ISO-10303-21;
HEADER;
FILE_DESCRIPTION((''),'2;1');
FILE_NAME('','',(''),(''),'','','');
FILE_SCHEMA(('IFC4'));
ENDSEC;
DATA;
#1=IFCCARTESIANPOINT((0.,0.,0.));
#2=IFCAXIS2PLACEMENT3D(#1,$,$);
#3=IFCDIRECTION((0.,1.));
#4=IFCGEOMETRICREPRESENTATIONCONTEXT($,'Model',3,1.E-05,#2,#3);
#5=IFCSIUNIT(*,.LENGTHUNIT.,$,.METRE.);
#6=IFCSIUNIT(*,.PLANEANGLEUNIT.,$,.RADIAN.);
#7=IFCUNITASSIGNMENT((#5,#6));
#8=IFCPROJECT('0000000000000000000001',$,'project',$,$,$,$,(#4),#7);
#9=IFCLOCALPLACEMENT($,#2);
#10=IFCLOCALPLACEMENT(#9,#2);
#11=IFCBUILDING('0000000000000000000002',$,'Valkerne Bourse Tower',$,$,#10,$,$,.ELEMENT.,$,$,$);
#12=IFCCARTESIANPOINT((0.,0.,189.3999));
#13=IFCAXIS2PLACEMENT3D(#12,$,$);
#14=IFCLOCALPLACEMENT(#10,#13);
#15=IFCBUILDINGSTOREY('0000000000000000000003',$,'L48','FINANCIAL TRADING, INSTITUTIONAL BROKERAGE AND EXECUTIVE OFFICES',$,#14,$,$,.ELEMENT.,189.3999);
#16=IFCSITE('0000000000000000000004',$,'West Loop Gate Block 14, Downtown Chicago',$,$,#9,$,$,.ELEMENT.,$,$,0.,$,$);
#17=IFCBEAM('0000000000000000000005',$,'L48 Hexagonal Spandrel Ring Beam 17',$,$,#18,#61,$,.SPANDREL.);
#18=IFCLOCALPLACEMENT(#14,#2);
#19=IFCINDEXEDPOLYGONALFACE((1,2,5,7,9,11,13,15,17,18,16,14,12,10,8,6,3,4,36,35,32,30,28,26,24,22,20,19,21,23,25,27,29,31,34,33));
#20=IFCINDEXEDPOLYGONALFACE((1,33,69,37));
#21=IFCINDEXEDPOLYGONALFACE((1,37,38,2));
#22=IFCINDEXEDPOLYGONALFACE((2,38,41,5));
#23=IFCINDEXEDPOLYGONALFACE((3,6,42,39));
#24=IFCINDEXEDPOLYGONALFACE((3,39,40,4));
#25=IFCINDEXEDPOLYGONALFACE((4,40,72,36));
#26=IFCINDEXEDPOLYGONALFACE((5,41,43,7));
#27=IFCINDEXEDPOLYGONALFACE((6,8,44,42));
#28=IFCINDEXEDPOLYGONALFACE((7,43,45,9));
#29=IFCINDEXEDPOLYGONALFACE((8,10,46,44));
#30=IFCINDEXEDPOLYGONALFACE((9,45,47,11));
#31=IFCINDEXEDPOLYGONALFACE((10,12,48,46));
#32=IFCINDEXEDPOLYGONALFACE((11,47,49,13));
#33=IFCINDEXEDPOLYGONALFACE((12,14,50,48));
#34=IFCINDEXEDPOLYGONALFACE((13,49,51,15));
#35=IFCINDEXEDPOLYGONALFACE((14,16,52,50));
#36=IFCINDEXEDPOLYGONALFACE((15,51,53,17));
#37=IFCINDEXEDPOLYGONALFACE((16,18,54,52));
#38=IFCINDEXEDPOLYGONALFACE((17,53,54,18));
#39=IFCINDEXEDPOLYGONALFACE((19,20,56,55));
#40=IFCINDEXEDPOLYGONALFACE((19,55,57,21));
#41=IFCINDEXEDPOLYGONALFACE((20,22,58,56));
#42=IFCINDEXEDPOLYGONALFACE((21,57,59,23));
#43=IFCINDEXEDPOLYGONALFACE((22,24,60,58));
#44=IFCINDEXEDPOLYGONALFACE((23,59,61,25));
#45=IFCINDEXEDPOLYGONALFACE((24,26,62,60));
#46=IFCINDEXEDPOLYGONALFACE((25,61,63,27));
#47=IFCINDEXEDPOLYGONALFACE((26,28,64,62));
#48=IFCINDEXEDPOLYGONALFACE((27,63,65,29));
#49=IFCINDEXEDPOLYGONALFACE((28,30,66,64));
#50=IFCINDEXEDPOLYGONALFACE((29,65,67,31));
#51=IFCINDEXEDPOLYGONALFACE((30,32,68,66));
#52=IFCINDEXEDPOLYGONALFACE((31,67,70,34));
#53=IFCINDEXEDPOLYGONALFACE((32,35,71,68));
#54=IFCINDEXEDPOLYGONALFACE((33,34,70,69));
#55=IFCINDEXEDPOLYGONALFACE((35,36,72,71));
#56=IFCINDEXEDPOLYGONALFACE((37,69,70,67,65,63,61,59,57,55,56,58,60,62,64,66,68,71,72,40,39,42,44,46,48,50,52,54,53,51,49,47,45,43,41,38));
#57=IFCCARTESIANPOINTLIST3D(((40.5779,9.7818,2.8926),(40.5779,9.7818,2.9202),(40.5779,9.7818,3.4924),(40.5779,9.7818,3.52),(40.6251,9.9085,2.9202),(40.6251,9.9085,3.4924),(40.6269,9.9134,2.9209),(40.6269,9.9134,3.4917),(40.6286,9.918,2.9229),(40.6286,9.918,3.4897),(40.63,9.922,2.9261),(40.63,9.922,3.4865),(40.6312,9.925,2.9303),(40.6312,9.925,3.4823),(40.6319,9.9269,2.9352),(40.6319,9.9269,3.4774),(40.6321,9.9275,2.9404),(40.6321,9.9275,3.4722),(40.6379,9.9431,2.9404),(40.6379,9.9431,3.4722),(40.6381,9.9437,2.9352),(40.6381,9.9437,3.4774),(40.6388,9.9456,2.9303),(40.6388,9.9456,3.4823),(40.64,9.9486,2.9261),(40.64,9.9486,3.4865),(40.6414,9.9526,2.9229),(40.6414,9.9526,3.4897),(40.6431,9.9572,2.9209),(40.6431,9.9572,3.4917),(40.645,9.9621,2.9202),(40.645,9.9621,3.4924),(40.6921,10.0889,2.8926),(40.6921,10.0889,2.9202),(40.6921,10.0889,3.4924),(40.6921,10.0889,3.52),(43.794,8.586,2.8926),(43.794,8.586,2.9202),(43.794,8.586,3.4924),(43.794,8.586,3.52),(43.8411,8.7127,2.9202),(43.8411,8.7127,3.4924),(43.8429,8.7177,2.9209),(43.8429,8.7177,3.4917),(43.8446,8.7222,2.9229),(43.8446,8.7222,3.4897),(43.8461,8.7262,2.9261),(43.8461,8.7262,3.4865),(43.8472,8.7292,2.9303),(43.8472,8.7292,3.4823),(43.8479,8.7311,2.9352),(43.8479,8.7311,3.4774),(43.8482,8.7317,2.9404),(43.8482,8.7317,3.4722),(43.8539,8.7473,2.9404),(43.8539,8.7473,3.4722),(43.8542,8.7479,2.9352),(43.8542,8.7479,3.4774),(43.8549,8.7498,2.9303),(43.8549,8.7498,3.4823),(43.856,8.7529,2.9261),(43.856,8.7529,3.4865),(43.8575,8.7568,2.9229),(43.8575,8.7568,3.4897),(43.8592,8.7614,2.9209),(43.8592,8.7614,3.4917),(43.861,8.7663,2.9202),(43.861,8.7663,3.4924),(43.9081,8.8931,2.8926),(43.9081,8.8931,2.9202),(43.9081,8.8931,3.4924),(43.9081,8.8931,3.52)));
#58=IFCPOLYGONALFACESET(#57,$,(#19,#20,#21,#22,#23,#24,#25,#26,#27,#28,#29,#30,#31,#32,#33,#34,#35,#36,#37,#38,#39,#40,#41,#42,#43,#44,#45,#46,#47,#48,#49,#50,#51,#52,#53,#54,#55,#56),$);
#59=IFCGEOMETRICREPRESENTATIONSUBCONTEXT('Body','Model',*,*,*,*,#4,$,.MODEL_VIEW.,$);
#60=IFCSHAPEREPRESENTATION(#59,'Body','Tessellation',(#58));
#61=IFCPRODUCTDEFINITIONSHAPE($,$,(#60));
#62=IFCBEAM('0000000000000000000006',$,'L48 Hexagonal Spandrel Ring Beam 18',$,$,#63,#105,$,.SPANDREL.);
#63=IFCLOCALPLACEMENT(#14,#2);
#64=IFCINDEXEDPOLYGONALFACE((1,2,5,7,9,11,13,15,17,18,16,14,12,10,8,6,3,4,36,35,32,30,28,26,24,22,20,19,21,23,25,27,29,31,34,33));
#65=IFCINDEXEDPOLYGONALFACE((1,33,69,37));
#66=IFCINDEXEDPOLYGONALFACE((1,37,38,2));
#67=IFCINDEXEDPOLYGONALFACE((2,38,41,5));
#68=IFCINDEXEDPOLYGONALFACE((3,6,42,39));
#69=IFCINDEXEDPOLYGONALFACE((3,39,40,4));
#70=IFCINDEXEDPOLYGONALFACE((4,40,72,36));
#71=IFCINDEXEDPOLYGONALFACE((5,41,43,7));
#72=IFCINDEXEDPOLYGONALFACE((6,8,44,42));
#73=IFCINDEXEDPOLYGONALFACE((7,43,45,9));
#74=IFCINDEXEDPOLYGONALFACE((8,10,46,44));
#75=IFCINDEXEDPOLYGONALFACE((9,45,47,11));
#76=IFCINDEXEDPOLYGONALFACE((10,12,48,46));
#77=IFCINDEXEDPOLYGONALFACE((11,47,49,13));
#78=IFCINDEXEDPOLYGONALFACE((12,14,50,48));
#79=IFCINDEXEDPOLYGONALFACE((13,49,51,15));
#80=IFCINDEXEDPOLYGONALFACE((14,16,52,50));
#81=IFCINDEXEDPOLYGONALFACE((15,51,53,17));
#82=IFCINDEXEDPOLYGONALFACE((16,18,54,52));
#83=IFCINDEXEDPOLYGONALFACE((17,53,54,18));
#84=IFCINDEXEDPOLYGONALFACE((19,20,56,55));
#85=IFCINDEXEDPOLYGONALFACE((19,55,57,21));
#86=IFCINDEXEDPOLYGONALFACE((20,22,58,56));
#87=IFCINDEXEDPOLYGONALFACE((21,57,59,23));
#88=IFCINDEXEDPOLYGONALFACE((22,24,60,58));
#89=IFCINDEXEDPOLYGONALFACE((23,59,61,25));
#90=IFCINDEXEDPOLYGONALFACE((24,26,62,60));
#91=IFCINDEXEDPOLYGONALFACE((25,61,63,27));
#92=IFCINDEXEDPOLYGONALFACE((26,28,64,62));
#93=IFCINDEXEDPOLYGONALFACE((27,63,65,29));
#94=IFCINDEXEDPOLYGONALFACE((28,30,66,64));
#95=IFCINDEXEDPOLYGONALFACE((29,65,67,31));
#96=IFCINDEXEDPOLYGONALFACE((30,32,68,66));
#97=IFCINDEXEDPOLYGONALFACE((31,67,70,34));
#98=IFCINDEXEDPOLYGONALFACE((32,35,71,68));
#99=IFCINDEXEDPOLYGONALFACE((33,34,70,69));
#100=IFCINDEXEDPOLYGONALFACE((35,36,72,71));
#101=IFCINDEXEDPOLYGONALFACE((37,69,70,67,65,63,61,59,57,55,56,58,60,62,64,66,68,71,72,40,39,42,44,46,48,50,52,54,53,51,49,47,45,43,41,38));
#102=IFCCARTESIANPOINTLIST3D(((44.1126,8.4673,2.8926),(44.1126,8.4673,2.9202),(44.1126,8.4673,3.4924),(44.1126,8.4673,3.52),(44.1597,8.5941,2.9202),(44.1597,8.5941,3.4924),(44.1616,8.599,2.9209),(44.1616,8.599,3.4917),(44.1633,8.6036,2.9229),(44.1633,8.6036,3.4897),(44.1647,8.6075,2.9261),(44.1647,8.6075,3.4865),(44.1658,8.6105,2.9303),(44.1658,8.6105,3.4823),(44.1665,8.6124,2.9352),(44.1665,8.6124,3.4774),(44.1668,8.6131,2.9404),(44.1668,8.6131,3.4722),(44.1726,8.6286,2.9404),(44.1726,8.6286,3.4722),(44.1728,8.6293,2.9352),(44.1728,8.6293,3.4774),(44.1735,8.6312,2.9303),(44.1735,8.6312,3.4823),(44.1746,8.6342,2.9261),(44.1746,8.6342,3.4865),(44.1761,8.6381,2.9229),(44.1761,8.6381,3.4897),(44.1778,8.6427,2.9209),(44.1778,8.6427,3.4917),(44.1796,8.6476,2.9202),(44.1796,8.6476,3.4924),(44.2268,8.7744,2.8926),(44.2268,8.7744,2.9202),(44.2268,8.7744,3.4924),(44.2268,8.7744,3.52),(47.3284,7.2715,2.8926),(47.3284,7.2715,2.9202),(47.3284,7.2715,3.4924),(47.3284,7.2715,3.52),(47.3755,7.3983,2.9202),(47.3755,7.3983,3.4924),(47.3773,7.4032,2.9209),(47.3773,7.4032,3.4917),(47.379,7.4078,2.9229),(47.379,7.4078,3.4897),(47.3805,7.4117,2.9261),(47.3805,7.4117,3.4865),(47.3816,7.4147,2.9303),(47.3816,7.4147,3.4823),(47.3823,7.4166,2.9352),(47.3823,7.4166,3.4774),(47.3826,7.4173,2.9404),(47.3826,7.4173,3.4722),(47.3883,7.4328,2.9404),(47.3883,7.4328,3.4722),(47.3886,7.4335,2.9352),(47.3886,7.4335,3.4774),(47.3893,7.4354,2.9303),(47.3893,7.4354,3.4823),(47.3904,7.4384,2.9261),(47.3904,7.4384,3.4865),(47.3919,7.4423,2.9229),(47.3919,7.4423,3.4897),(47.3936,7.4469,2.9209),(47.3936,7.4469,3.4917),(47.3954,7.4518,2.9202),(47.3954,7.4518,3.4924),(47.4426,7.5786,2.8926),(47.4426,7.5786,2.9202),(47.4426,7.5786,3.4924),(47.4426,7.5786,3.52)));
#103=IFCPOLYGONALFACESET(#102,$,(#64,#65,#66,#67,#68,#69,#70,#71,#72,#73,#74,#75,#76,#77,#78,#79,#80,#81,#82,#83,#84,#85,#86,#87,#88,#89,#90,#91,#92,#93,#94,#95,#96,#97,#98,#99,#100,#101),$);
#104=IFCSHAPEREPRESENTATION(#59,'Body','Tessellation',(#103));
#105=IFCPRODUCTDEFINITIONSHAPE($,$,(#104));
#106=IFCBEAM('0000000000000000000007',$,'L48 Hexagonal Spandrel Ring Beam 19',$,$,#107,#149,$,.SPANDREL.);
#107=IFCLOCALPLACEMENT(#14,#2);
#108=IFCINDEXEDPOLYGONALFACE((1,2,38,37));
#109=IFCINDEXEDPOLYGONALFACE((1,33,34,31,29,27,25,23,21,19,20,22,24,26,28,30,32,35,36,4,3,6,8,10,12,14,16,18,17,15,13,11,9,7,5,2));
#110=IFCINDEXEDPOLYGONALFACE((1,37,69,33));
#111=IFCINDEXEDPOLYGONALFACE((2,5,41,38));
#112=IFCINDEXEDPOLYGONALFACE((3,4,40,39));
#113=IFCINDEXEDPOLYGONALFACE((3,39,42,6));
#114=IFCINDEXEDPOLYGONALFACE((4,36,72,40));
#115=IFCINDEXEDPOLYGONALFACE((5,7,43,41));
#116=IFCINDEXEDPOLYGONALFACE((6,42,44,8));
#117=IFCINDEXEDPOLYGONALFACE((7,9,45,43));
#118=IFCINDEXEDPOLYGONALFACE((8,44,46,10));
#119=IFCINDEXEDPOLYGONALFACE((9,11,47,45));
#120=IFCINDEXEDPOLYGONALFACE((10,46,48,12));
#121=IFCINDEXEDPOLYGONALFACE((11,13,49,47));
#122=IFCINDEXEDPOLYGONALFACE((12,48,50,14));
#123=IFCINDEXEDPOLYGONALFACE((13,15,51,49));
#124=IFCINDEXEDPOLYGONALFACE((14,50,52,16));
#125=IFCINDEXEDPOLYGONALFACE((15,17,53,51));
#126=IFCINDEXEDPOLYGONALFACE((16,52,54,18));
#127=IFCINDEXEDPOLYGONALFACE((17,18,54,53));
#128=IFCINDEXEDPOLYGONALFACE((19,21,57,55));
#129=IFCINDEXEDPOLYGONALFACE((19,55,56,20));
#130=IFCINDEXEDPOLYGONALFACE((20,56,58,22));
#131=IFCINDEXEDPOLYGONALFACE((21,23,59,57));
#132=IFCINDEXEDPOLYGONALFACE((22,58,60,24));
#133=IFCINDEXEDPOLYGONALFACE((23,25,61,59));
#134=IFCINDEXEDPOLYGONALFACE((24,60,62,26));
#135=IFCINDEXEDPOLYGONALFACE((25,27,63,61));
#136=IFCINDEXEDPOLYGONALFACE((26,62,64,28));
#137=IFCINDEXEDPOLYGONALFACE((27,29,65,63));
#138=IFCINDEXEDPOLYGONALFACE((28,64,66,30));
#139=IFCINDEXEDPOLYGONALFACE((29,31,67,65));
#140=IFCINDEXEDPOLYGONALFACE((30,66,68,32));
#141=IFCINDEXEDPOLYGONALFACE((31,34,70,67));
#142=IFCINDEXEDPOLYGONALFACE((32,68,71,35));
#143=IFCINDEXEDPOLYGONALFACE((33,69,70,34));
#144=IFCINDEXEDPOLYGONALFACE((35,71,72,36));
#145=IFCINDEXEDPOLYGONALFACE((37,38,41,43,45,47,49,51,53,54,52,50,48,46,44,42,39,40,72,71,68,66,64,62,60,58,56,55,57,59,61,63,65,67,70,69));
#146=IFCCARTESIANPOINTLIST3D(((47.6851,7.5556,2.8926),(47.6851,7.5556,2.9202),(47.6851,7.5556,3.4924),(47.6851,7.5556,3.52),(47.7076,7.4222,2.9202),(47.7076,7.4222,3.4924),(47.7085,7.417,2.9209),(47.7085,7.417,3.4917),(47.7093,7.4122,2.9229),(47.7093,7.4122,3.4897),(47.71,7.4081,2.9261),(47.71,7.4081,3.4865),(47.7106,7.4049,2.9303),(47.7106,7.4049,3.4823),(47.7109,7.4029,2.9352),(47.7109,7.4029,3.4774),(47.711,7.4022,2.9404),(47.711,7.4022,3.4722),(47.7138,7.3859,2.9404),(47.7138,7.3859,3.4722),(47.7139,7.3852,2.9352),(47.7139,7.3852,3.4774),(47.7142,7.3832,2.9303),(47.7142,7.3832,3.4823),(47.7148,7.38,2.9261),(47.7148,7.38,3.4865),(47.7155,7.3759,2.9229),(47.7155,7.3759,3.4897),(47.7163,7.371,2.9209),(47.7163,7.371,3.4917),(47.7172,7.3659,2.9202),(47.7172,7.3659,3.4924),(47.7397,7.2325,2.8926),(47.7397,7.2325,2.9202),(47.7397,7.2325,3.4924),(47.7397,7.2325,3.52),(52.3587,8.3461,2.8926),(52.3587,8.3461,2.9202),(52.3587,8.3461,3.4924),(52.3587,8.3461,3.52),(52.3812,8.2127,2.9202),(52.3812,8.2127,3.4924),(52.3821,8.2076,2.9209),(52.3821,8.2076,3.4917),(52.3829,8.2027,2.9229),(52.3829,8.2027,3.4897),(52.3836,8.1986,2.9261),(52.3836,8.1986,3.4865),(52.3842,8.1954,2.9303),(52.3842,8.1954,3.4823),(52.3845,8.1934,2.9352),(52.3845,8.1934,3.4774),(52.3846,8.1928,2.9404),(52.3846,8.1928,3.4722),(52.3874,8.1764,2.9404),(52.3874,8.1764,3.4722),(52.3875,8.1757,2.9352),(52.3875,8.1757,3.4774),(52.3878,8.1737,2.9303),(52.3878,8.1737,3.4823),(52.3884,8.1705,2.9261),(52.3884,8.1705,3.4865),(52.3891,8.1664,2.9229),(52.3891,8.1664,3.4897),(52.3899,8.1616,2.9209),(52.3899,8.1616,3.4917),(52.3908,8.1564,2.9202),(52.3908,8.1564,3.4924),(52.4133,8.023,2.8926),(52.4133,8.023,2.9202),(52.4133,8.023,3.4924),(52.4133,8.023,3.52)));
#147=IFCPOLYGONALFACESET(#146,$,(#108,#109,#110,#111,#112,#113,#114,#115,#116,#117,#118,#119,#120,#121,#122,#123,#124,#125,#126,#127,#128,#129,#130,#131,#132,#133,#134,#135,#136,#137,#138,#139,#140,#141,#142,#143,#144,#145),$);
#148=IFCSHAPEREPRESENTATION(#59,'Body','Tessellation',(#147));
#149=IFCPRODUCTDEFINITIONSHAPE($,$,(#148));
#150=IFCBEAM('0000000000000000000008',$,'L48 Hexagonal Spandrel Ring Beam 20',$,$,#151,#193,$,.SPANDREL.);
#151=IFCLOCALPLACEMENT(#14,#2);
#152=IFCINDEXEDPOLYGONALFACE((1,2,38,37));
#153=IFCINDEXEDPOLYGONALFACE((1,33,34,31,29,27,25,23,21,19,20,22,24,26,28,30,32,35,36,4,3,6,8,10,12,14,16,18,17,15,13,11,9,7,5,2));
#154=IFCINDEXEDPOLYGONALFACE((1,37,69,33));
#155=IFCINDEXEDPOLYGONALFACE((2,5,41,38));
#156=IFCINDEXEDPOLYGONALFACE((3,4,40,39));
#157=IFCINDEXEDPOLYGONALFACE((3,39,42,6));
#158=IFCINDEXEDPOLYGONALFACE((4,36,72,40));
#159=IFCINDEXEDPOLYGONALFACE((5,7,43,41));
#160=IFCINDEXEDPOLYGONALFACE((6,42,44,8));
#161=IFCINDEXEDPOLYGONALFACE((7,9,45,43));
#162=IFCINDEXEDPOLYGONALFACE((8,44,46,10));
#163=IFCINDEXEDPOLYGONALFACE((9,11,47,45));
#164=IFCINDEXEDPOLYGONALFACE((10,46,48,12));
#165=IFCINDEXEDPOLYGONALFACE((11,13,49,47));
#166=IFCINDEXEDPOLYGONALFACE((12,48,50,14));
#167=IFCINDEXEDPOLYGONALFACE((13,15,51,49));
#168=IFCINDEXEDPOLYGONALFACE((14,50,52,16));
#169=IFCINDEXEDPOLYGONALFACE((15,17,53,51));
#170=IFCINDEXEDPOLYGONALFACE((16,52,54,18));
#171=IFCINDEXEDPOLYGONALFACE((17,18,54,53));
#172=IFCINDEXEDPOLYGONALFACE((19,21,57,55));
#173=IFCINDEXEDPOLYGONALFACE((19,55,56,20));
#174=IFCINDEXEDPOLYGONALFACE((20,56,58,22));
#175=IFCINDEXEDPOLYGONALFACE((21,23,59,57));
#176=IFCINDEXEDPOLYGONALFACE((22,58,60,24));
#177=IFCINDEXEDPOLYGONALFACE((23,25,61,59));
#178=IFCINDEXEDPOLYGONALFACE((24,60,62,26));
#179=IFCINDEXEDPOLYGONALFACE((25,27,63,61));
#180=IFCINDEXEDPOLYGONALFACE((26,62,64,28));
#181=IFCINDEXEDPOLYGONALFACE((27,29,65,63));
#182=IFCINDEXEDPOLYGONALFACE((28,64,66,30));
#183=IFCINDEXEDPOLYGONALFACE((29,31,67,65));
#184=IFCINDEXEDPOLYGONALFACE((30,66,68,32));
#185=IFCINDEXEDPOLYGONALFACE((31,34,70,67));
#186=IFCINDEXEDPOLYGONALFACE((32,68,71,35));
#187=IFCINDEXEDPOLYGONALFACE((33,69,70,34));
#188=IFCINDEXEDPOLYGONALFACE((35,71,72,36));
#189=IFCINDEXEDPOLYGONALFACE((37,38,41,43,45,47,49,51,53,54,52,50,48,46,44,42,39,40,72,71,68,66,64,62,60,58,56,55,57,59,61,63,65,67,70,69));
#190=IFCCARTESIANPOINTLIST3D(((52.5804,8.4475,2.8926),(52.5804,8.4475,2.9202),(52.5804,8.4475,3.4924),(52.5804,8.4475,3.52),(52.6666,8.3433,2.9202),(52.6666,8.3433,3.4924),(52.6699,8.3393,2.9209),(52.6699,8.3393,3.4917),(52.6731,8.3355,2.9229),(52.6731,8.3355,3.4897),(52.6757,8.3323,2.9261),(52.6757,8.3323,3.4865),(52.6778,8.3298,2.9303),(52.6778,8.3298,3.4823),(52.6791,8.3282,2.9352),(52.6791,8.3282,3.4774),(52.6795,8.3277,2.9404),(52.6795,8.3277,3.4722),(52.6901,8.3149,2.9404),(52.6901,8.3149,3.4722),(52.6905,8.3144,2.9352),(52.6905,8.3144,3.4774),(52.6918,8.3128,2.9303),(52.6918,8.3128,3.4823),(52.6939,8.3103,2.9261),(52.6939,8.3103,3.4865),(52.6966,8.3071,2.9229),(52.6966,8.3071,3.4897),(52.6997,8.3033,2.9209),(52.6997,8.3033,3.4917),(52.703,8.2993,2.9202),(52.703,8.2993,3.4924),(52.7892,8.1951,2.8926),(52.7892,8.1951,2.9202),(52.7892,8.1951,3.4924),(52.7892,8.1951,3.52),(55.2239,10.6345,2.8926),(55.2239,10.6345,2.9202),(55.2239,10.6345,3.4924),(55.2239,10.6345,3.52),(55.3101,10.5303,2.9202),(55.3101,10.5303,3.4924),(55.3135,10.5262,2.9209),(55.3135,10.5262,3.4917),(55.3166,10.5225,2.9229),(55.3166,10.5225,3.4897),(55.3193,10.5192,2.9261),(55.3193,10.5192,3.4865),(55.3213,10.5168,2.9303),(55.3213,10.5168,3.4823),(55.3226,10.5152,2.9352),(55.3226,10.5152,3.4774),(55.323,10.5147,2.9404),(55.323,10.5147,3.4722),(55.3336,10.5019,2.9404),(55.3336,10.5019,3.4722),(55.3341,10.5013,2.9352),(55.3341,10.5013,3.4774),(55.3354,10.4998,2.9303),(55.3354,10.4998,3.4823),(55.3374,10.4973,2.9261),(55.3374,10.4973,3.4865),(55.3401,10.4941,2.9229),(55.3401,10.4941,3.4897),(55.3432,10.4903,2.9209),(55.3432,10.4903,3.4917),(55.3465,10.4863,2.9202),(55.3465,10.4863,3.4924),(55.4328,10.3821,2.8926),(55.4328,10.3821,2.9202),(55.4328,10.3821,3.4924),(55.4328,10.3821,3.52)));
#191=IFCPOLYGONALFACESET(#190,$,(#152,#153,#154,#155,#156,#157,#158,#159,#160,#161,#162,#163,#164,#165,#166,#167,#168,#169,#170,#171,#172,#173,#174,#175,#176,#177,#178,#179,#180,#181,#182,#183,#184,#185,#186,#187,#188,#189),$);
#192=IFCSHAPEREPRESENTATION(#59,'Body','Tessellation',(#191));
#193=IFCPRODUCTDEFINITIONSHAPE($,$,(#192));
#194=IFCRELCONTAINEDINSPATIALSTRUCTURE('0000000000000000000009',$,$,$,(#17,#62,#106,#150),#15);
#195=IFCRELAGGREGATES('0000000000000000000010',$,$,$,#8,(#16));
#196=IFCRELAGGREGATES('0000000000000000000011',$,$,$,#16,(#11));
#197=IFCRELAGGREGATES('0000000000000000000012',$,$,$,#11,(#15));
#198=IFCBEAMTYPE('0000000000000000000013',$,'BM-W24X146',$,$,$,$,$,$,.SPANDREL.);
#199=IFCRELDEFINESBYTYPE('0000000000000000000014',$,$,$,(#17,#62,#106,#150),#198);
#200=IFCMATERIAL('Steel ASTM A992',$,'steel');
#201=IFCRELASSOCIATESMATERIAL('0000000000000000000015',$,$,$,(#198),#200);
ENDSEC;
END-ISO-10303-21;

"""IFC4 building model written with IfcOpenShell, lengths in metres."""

from ifc_helpers import new_model, si_unit, direction, frame, origin, origin_2d, place, context, subcontext, project, spatial, i_section, extrude, material, material_profile, profile_set, type_object, element, save


model = new_model("IFC4")

# Units and contexts
model_context = context("Model", 3, precision=1e-05, world=origin(), true_north=direction((0.0, 1.0)))
body_context = subcontext(model_context, "Body", "Model", "MODEL_VIEW")
ifc_project = project(units=[si_unit("LENGTHUNIT", "METRE"), si_unit("PLANEANGLEUNIT", "RADIAN")], contexts=[model_context])

# Site, building, storey
site_placement = place(None, origin())
site = spatial("IfcSite", under=ifc_project, at=site_placement, Name="West Loop Gate Block 14, Downtown Chicago", CompositionType="ELEMENT", RefElevation=0.0)
building_placement = place(site_placement, origin())
building = spatial("IfcBuilding", under=site, at=building_placement, Name="Valkerne Bourse Tower", CompositionType="ELEMENT")
storey_placement = place(building_placement, frame((0.0, 0.0, 189.3999)))
storey = spatial("IfcBuildingStorey", under=building, at=storey_placement, Name="L48", Description="FINANCIAL TRADING, INSTITUTIONAL BROKERAGE AND EXECUTIVE OFFICES", CompositionType="ELEMENT", Elevation=189.3999)

# Beams
ifc_material_1 = material(Name="Steel ASTM A992", Category="steel")
ifc_material_profile_1 = material_profile(ifc_material_1, i_section(OverallWidth=0.3276, OverallDepth=0.6274, WebThickness=0.0166, FlangeThickness=0.0276, FilletRadius=0.0203, at=origin_2d()), Name="W24X146")
ifc_profile_set_1 = profile_set([ifc_material_profile_1], Name="Steel ASTM A992")
beam_type_1 = type_object("IfcBeamType", Name="BM-W24X146", PredefinedType="SPANDREL", material=ifc_profile_set_1)
beam_1_placement = place(storey_placement, frame((40.635, 9.9353, 3.2063), z_axis=(0.937305, -0.34851, 0.0), x_axis=(0.34851, 0.937305, 0.0)))
element("IfcBeam", 1, at=beam_1_placement, inside=storey, type_object=beam_type_1, Name="L48 Hexagonal Spandrel Ring Beam 17", PredefinedType="SPANDREL", context=body_context, shape_type="SweptSolid", body=[
    extrude(i_section(OverallWidth=0.3276, OverallDepth=0.6274, WebThickness=0.0166, FlangeThickness=0.0276, FilletRadius=0.0203, at=origin_2d()), origin(), (0.0, 0.0, 1.0), 3.4312),
])
beam_2_placement = place(storey_placement, frame((44.1697, 8.6208, 3.2063), z_axis=(0.937296, -0.348533, 0.0), x_axis=(0.348533, 0.937296, 0.0)))
element("IfcBeam", 2, at=beam_2_placement, inside=storey, type_object=beam_type_1, Name="L48 Hexagonal Spandrel Ring Beam 18", PredefinedType="SPANDREL", context=body_context, shape_type="SweptSolid", body=[
    extrude(i_section(OverallWidth=0.3276, OverallDepth=0.6274, WebThickness=0.0166, FlangeThickness=0.0276, FilletRadius=0.0203, at=origin_2d()), origin(), (0.0, 0.0, 1.0), 3.4309),
])
beam_3_placement = place(storey_placement, frame((47.7124, 7.394, 3.2063), z_axis=(0.985994, 0.166779, 0.0), x_axis=(-0.166779, 0.985994, 0.0)))
element("IfcBeam", 3, at=beam_3_placement, inside=storey, type_object=beam_type_1, Name="L48 Hexagonal Spandrel Ring Beam 19", PredefinedType="SPANDREL", context=body_context, shape_type="SweptSolid", body=[
    extrude(i_section(OverallWidth=0.3276, OverallDepth=0.6274, WebThickness=0.0166, FlangeThickness=0.0276, FilletRadius=0.0203, at=origin_2d()), origin(), (0.0, 0.0, 1.0), 4.74),
])
beam_4_placement = place(storey_placement, frame((52.6848, 8.3213, 3.2063), z_axis=(0.770503, 0.637437, 0.0), x_axis=(-0.637437, 0.770503, 0.0)))
element("IfcBeam", 4, at=beam_4_placement, inside=storey, type_object=beam_type_1, Name="L48 Hexagonal Spandrel Ring Beam 20", PredefinedType="SPANDREL", context=body_context, shape_type="SweptSolid", body=[
    extrude(i_section(OverallWidth=0.3276, OverallDepth=0.6274, WebThickness=0.0166, FlangeThickness=0.0276, FilletRadius=0.0203, at=origin_2d()), origin(), (0.0, 0.0, 1.0), 3.4309),
])

save(model, "model.ifc")
